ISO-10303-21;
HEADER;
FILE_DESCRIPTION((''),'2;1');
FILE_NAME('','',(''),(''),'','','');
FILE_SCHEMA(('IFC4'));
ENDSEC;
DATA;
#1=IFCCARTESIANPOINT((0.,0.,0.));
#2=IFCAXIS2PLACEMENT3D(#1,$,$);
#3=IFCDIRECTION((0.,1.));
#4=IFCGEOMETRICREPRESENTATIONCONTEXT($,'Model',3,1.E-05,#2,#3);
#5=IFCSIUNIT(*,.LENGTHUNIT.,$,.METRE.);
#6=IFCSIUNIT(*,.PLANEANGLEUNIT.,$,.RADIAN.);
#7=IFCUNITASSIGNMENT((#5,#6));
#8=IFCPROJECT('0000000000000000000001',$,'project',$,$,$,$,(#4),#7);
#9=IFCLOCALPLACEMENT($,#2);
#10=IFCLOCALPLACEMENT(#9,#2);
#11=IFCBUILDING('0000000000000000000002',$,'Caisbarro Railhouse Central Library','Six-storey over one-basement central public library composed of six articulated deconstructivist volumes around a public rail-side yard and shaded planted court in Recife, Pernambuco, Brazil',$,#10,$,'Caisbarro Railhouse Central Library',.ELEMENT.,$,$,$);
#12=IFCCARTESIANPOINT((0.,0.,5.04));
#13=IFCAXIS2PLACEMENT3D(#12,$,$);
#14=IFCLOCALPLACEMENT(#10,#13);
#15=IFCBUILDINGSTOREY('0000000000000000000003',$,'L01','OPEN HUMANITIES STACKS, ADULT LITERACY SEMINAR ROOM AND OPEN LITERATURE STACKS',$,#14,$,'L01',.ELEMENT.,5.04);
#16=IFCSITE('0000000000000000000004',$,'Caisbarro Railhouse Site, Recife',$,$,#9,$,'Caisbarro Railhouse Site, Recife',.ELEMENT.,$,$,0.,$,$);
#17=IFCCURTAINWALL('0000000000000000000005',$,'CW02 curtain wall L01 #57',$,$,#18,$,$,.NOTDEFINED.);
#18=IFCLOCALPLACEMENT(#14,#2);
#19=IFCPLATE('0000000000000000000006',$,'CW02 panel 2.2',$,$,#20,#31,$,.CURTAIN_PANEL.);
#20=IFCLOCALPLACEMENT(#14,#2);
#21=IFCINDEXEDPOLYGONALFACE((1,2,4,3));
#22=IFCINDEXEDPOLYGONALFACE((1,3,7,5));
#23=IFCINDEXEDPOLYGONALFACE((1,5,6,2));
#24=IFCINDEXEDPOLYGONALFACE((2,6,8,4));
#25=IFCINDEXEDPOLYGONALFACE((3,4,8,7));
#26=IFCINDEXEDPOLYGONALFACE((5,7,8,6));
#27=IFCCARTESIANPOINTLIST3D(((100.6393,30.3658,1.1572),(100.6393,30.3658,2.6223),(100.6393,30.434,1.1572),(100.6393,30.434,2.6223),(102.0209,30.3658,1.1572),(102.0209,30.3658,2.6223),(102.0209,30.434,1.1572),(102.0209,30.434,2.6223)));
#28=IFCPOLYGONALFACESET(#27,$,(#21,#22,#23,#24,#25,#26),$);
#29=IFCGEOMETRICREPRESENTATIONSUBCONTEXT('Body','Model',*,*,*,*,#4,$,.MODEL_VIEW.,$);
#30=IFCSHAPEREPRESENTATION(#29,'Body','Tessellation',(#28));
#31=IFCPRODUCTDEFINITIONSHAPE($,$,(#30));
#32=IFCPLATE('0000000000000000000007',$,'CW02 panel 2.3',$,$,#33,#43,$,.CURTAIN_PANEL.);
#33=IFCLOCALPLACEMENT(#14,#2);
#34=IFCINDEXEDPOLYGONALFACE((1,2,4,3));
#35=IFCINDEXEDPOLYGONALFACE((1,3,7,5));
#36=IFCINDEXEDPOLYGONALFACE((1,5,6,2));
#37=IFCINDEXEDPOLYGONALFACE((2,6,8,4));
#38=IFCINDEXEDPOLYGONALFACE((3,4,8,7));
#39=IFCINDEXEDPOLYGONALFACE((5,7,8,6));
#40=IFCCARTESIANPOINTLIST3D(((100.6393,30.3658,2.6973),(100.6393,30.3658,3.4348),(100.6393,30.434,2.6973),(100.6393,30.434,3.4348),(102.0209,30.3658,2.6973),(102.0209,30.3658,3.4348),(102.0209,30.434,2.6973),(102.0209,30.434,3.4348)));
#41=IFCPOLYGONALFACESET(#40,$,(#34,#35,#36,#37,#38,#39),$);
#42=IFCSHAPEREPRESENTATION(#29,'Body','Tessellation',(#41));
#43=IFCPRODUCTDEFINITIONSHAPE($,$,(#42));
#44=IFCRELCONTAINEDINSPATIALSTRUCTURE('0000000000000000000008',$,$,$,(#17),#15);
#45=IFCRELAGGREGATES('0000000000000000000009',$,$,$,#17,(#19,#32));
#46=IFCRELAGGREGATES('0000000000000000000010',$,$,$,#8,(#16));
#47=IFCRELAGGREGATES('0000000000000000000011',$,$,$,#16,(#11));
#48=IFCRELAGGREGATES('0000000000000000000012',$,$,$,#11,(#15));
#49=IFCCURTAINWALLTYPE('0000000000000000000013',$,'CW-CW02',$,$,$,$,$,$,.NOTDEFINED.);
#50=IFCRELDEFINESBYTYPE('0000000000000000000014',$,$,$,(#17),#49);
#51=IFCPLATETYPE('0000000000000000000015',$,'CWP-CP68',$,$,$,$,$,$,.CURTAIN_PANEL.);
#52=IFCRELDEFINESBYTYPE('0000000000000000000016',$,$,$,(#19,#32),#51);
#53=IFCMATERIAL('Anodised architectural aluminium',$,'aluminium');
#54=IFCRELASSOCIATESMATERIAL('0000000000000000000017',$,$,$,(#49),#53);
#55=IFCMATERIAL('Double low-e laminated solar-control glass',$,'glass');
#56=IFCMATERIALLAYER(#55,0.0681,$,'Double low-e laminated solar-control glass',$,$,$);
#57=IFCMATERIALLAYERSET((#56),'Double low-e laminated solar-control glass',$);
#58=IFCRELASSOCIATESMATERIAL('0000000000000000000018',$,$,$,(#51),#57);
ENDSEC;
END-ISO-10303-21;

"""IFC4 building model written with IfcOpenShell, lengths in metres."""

from ifc_helpers import new_model, si_unit, direction, frame, origin, origin_2d, place, context, subcontext, project, spatial, rectangle, extrude, material, layer, layer_set, type_object, element, aggregate, save


model = new_model("IFC4")

# Units and contexts
model_context = context("Model", 3, precision=1e-05, world=origin(), true_north=direction((0.0, 1.0)))
body_context = subcontext(model_context, "Body", "Model", "MODEL_VIEW")
ifc_project = project(units=[si_unit("LENGTHUNIT", "METRE"), si_unit("PLANEANGLEUNIT", "RADIAN")], contexts=[model_context])

# Site, building, storey
site_placement = place(None, origin())
site = spatial("IfcSite", under=ifc_project, at=site_placement, Name="Caisbarro Railhouse Site, Recife", LongName="Caisbarro Railhouse Site, Recife", CompositionType="ELEMENT", RefElevation=0.0)
building_placement = place(site_placement, origin())
building = spatial("IfcBuilding", under=site, at=building_placement, Name="Caisbarro Railhouse Central Library", Description="Six-storey over one-basement central public library composed of six articulated deconstructivist volumes around a public rail-side yard and shaded planted court in Recife, Pernambuco, Brazil", LongName="Caisbarro Railhouse Central Library", CompositionType="ELEMENT")
storey_placement = place(building_placement, frame((0.0, 0.0, 5.04)))
storey = spatial("IfcBuildingStorey", under=building, at=storey_placement, Name="L01", Description="OPEN HUMANITIES STACKS, ADULT LITERACY SEMINAR ROOM AND OPEN LITERATURE STACKS", LongName="L01", CompositionType="ELEMENT", Elevation=5.04)

# Shared definitions
ifc_material_1 = material(Name="Anodised architectural aluminium", Category="aluminium")
curtain_wall_type = type_object("IfcCurtainWallType", Name="CW-CW02", PredefinedType="NOTDEFINED", material=ifc_material_1)

# Curtain wall
curtain_wall_1_placement = place(storey_placement, origin())
curtain_wall_1 = element("IfcCurtainWall", 1, at=curtain_wall_1_placement, inside=storey, type_object=curtain_wall_type, Name="CW02 curtain wall L01 #57", PredefinedType="NOTDEFINED")

# Shared definitions
ifc_material_2 = material(Name="Double low-e laminated solar-control glass", Category="glass")

# Plates
ifc_layer_1 = layer(ifc_material_2, 0.0681, Name="Double low-e laminated solar-control glass")
ifc_layer_set_1 = layer_set([ifc_layer_1], Name="Double low-e laminated solar-control glass")
plate_type_1 = type_object("IfcPlateType", Name="CWP-CP68", PredefinedType="CURTAIN_PANEL", material=ifc_layer_set_1)
plate_1_placement = place(storey_placement, frame((101.3301, 30.3999, 1.1572), z_axis=(0.0, 0.0, 1.0), x_axis=(1.0, 0.0, 0.0)))
plate_1 = element("IfcPlate", 2, at=plate_1_placement, type_object=plate_type_1, Name="CW02 panel 2.2", PredefinedType="CURTAIN_PANEL", context=body_context, shape_type="SweptSolid", body=[
    extrude(rectangle(XDim=1.3816, YDim=0.0681, at=origin_2d()), origin(), (0.0, 0.0, 1.0), 1.4651),
])
plate_2_placement = place(storey_placement, frame((101.3301, 30.3999, 2.6973), z_axis=(0.0, 0.0, 1.0), x_axis=(1.0, 0.0, 0.0)))
plate_2 = element("IfcPlate", 3, at=plate_2_placement, type_object=plate_type_1, Name="CW02 panel 2.3", PredefinedType="CURTAIN_PANEL", context=body_context, shape_type="SweptSolid", body=[
    extrude(rectangle(XDim=1.3816, YDim=0.0681, at=origin_2d()), origin(), (0.0, 0.0, 1.0), 0.7375),
])
aggregate(curtain_wall_1, [plate_1, plate_2])

save(model, "model.ifc")
